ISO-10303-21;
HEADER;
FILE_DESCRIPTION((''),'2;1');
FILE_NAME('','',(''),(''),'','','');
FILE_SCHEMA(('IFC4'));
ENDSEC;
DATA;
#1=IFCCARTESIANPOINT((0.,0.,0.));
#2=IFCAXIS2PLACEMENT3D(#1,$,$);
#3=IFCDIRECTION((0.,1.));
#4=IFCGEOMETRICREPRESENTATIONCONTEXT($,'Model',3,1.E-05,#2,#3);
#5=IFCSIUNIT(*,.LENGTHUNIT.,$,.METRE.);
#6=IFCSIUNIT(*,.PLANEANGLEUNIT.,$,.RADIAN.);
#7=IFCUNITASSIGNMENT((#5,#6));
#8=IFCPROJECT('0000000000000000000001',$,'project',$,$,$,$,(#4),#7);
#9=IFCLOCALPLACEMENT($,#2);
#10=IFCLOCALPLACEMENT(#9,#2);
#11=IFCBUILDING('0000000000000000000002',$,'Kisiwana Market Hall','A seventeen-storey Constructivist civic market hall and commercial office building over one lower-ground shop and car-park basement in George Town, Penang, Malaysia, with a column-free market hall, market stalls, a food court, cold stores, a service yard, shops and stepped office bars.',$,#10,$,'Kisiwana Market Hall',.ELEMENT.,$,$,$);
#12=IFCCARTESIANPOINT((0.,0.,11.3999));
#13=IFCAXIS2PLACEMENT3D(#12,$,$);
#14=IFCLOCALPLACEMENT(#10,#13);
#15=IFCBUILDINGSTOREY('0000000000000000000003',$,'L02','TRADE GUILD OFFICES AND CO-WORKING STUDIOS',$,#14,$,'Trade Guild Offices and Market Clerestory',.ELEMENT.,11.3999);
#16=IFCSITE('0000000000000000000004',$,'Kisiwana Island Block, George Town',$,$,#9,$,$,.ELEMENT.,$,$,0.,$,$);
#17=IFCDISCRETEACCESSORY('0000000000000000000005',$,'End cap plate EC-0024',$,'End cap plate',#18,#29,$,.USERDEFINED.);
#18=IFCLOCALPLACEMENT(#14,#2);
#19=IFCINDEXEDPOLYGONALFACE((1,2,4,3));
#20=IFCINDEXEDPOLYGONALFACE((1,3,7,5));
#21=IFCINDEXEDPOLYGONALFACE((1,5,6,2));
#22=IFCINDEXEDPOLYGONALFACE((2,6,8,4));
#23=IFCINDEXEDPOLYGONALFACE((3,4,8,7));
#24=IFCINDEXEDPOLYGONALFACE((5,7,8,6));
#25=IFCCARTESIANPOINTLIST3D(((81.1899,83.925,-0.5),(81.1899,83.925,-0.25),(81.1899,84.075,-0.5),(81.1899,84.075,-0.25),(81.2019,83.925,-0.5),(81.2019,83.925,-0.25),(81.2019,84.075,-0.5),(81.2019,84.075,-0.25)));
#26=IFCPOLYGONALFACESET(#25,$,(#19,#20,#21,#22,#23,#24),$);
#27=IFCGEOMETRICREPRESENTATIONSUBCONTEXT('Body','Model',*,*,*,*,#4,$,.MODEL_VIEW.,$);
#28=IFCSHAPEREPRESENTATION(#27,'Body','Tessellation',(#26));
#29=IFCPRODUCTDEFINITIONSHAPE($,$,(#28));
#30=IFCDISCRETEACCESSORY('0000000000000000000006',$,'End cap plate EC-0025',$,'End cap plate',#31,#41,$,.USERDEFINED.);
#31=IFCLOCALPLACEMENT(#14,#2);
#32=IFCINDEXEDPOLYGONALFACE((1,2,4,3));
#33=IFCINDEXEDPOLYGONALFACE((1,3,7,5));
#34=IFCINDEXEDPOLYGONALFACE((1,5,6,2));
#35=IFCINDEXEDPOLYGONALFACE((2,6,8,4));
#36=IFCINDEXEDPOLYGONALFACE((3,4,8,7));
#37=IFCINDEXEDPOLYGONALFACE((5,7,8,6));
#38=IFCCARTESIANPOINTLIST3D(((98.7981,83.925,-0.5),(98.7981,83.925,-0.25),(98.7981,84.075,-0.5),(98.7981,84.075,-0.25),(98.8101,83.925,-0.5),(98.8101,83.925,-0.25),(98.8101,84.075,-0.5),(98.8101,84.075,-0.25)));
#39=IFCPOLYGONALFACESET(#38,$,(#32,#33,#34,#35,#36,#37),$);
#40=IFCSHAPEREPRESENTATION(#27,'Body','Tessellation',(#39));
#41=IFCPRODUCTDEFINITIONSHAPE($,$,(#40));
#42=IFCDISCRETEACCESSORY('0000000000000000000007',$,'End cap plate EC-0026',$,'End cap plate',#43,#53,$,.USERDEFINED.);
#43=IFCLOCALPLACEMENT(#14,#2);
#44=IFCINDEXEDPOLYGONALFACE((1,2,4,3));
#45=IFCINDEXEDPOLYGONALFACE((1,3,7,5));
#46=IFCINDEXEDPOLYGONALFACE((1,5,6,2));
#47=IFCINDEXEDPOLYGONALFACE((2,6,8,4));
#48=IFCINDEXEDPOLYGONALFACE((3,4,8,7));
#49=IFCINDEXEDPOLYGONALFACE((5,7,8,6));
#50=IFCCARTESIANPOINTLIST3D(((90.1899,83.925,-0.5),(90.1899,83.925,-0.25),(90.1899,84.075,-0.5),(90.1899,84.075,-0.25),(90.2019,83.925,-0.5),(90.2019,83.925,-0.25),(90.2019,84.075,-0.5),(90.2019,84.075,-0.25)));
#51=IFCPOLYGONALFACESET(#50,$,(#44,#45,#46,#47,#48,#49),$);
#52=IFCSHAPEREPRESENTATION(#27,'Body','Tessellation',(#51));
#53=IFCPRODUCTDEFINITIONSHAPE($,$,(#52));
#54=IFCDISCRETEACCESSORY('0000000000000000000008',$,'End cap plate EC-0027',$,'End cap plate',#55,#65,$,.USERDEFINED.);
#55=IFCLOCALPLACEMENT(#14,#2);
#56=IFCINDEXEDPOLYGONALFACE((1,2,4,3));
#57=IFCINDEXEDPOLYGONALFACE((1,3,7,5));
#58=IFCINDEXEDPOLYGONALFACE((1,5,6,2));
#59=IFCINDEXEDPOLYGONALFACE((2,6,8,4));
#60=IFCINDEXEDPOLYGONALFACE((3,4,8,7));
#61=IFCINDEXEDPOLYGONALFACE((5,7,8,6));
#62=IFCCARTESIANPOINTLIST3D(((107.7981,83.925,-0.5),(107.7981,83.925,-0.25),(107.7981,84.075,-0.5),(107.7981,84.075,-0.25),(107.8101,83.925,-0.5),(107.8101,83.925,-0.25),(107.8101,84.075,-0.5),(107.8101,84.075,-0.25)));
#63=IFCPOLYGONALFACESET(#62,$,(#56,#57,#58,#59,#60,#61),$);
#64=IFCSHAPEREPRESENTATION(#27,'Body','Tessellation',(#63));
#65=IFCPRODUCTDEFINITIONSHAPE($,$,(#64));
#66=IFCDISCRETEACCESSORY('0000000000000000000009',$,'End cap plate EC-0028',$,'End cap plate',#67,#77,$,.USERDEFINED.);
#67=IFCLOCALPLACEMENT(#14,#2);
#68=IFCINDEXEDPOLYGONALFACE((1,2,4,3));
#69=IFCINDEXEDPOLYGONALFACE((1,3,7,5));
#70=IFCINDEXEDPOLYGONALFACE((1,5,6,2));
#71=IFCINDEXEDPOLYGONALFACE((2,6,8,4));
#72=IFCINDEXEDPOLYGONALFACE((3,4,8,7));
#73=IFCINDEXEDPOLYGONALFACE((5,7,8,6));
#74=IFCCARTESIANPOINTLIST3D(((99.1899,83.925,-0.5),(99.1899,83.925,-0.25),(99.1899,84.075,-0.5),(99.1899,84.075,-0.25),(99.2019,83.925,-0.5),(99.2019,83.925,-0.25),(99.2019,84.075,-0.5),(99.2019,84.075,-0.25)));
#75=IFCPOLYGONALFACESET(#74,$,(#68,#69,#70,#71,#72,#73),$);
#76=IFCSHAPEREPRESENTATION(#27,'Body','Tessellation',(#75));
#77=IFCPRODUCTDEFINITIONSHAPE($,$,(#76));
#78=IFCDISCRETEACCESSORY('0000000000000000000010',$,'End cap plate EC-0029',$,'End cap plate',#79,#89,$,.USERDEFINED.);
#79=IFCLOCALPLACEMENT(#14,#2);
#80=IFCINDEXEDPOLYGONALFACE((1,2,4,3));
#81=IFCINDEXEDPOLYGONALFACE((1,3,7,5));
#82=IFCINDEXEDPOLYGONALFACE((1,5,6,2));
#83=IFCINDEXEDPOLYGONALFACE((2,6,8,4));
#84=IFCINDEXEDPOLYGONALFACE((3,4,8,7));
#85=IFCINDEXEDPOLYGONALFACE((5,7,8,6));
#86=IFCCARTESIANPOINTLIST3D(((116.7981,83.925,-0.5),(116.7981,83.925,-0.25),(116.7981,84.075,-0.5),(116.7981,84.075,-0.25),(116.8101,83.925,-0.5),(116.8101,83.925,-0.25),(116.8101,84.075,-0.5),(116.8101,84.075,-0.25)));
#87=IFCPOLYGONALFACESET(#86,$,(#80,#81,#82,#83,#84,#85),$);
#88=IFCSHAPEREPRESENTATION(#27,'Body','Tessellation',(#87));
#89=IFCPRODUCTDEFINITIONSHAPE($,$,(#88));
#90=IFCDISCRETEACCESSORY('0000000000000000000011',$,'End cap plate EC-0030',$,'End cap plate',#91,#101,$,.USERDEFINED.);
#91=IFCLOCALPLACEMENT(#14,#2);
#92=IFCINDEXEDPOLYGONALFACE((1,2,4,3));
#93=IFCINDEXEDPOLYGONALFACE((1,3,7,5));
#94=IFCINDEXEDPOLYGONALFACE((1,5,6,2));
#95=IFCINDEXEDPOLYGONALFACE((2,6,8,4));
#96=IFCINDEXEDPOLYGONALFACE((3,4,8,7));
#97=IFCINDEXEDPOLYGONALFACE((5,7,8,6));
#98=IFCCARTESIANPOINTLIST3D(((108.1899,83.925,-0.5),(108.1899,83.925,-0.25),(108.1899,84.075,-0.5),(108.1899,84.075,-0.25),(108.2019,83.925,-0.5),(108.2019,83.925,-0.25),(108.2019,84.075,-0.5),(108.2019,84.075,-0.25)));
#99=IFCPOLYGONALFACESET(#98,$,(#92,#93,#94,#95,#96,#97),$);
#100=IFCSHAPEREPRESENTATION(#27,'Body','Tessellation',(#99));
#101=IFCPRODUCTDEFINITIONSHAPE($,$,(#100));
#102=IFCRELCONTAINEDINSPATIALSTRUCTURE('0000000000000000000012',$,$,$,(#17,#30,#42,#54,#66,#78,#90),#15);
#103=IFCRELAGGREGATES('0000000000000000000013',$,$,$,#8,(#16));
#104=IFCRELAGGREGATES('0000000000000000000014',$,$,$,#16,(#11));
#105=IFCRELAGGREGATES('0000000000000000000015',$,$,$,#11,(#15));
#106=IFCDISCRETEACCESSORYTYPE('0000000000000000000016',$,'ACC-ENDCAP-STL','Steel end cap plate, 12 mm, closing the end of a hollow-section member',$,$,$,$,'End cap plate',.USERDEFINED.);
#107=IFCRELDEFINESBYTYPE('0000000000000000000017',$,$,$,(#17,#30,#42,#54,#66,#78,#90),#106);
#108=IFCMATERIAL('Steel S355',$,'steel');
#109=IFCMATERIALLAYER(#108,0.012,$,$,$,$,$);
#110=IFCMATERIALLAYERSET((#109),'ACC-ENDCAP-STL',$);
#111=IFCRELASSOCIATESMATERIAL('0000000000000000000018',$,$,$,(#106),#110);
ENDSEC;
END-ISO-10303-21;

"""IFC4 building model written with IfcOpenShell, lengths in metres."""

from ifc_helpers import new_model, si_unit, direction, frame, origin, place, context, subcontext, project, spatial, polyline, outline, extrude, material, layer, layer_set, type_object, element, save


model = new_model("IFC4")

# Units and contexts
model_context = context("Model", 3, precision=1e-05, world=origin(), true_north=direction((0.0, 1.0)))
body_context = subcontext(model_context, "Body", "Model", "MODEL_VIEW")
ifc_project = project(units=[si_unit("LENGTHUNIT", "METRE"), si_unit("PLANEANGLEUNIT", "RADIAN")], contexts=[model_context])

# Site, building, storey
site_placement = place(None, origin())
site = spatial("IfcSite", under=ifc_project, at=site_placement, Name="Kisiwana Island Block, George Town", CompositionType="ELEMENT", RefElevation=0.0)
building_placement = place(site_placement, origin())
building = spatial("IfcBuilding", under=site, at=building_placement, Name="Kisiwana Market Hall", Description="A seventeen-storey Constructivist civic market hall and commercial office building over one lower-ground shop and car-park basement in George Town, Penang, Malaysia, with a column-free market hall, market stalls, a food court, cold stores, a service yard, shops and stepped office bars.", LongName="Kisiwana Market Hall", CompositionType="ELEMENT")
storey_placement = place(building_placement, frame((0.0, 0.0, 11.3999)))
storey = spatial("IfcBuildingStorey", under=building, at=storey_placement, Name="L02", Description="TRADE GUILD OFFICES AND CO-WORKING STUDIOS", LongName="Trade Guild Offices and Market Clerestory", CompositionType="ELEMENT", Elevation=11.3999)

# Discrete accessories
ifc_material_1 = material(Name="Steel S355", Category="steel")
ifc_layer_1 = layer(ifc_material_1, 0.012)
ifc_layer_set_1 = layer_set([ifc_layer_1], Name="ACC-ENDCAP-STL")
discrete_accessory_type = type_object("IfcDiscreteAccessoryType", Name="ACC-ENDCAP-STL", Description="Steel end cap plate, 12 mm, closing the end of a hollow-section member", ElementType="End cap plate", PredefinedType="USERDEFINED", material=ifc_layer_set_1)
discrete_accessory_1_placement = place(storey_placement, frame((0.0, 0.0, -0.5)))
element("IfcDiscreteAccessory", 1, at=discrete_accessory_1_placement, inside=storey, type_object=discrete_accessory_type, Name="End cap plate EC-0024", ObjectType="End cap plate", PredefinedType="USERDEFINED", context=body_context, shape_type="SweptSolid", body=[
    extrude(outline(polyline([(81.2019, 83.925), (81.2019, 84.075), (81.1899, 84.075), (81.1899, 83.925), (81.2019, 83.925)])), origin(), (0.0, 0.0, 1.0), 0.25),
])
discrete_accessory_2_placement = place(storey_placement, frame((0.0, 0.0, -0.5)))
element("IfcDiscreteAccessory", 2, at=discrete_accessory_2_placement, inside=storey, type_object=discrete_accessory_type, Name="End cap plate EC-0025", ObjectType="End cap plate", PredefinedType="USERDEFINED", context=body_context, shape_type="SweptSolid", body=[
    extrude(outline(polyline([(98.7981, 83.925), (98.8101, 83.925), (98.8101, 84.075), (98.7981, 84.075), (98.7981, 83.925)])), origin(), (0.0, 0.0, 1.0), 0.25),
])
discrete_accessory_3_placement = place(storey_placement, frame((0.0, 0.0, -0.5)))
element("IfcDiscreteAccessory", 3, at=discrete_accessory_3_placement, inside=storey, type_object=discrete_accessory_type, Name="End cap plate EC-0026", ObjectType="End cap plate", PredefinedType="USERDEFINED", context=body_context, shape_type="SweptSolid", body=[
    extrude(outline(polyline([(90.2019, 83.925), (90.2019, 84.075), (90.1899, 84.075), (90.1899, 83.925), (90.2019, 83.925)])), origin(), (0.0, 0.0, 1.0), 0.25),
])
discrete_accessory_4_placement = place(storey_placement, frame((0.0, 0.0, -0.5)))
element("IfcDiscreteAccessory", 4, at=discrete_accessory_4_placement, inside=storey, type_object=discrete_accessory_type, Name="End cap plate EC-0027", ObjectType="End cap plate", PredefinedType="USERDEFINED", context=body_context, shape_type="SweptSolid", body=[
    extrude(outline(polyline([(107.7981, 83.925), (107.8101, 83.925), (107.8101, 84.075), (107.7981, 84.075), (107.7981, 83.925)])), origin(), (0.0, 0.0, 1.0), 0.25),
])
discrete_accessory_5_placement = place(storey_placement, frame((0.0, 0.0, -0.5)))
element("IfcDiscreteAccessory", 5, at=discrete_accessory_5_placement, inside=storey, type_object=discrete_accessory_type, Name="End cap plate EC-0028", ObjectType="End cap plate", PredefinedType="USERDEFINED", context=body_context, shape_type="SweptSolid", body=[
    extrude(outline(polyline([(99.2019, 83.925), (99.2019, 84.075), (99.1899, 84.075), (99.1899, 83.925), (99.2019, 83.925)])), origin(), (0.0, 0.0, 1.0), 0.25),
])
discrete_accessory_6_placement = place(storey_placement, frame((0.0, 0.0, -0.5)))
element("IfcDiscreteAccessory", 6, at=discrete_accessory_6_placement, inside=storey, type_object=discrete_accessory_type, Name="End cap plate EC-0029", ObjectType="End cap plate", PredefinedType="USERDEFINED", context=body_context, shape_type="SweptSolid", body=[
    extrude(outline(polyline([(116.7981, 83.925), (116.8101, 83.925), (116.8101, 84.075), (116.7981, 84.075), (116.7981, 83.925)])), origin(), (0.0, 0.0, 1.0), 0.25),
])
discrete_accessory_7_placement = place(storey_placement, frame((0.0, 0.0, -0.5)))
element("IfcDiscreteAccessory", 7, at=discrete_accessory_7_placement, inside=storey, type_object=discrete_accessory_type, Name="End cap plate EC-0030", ObjectType="End cap plate", PredefinedType="USERDEFINED", context=body_context, shape_type="SweptSolid", body=[
    extrude(outline(polyline([(108.2019, 83.925), (108.2019, 84.075), (108.1899, 84.075), (108.1899, 83.925), (108.2019, 83.925)])), origin(), (0.0, 0.0, 1.0), 0.25),
])

save(model, "model.ifc")
